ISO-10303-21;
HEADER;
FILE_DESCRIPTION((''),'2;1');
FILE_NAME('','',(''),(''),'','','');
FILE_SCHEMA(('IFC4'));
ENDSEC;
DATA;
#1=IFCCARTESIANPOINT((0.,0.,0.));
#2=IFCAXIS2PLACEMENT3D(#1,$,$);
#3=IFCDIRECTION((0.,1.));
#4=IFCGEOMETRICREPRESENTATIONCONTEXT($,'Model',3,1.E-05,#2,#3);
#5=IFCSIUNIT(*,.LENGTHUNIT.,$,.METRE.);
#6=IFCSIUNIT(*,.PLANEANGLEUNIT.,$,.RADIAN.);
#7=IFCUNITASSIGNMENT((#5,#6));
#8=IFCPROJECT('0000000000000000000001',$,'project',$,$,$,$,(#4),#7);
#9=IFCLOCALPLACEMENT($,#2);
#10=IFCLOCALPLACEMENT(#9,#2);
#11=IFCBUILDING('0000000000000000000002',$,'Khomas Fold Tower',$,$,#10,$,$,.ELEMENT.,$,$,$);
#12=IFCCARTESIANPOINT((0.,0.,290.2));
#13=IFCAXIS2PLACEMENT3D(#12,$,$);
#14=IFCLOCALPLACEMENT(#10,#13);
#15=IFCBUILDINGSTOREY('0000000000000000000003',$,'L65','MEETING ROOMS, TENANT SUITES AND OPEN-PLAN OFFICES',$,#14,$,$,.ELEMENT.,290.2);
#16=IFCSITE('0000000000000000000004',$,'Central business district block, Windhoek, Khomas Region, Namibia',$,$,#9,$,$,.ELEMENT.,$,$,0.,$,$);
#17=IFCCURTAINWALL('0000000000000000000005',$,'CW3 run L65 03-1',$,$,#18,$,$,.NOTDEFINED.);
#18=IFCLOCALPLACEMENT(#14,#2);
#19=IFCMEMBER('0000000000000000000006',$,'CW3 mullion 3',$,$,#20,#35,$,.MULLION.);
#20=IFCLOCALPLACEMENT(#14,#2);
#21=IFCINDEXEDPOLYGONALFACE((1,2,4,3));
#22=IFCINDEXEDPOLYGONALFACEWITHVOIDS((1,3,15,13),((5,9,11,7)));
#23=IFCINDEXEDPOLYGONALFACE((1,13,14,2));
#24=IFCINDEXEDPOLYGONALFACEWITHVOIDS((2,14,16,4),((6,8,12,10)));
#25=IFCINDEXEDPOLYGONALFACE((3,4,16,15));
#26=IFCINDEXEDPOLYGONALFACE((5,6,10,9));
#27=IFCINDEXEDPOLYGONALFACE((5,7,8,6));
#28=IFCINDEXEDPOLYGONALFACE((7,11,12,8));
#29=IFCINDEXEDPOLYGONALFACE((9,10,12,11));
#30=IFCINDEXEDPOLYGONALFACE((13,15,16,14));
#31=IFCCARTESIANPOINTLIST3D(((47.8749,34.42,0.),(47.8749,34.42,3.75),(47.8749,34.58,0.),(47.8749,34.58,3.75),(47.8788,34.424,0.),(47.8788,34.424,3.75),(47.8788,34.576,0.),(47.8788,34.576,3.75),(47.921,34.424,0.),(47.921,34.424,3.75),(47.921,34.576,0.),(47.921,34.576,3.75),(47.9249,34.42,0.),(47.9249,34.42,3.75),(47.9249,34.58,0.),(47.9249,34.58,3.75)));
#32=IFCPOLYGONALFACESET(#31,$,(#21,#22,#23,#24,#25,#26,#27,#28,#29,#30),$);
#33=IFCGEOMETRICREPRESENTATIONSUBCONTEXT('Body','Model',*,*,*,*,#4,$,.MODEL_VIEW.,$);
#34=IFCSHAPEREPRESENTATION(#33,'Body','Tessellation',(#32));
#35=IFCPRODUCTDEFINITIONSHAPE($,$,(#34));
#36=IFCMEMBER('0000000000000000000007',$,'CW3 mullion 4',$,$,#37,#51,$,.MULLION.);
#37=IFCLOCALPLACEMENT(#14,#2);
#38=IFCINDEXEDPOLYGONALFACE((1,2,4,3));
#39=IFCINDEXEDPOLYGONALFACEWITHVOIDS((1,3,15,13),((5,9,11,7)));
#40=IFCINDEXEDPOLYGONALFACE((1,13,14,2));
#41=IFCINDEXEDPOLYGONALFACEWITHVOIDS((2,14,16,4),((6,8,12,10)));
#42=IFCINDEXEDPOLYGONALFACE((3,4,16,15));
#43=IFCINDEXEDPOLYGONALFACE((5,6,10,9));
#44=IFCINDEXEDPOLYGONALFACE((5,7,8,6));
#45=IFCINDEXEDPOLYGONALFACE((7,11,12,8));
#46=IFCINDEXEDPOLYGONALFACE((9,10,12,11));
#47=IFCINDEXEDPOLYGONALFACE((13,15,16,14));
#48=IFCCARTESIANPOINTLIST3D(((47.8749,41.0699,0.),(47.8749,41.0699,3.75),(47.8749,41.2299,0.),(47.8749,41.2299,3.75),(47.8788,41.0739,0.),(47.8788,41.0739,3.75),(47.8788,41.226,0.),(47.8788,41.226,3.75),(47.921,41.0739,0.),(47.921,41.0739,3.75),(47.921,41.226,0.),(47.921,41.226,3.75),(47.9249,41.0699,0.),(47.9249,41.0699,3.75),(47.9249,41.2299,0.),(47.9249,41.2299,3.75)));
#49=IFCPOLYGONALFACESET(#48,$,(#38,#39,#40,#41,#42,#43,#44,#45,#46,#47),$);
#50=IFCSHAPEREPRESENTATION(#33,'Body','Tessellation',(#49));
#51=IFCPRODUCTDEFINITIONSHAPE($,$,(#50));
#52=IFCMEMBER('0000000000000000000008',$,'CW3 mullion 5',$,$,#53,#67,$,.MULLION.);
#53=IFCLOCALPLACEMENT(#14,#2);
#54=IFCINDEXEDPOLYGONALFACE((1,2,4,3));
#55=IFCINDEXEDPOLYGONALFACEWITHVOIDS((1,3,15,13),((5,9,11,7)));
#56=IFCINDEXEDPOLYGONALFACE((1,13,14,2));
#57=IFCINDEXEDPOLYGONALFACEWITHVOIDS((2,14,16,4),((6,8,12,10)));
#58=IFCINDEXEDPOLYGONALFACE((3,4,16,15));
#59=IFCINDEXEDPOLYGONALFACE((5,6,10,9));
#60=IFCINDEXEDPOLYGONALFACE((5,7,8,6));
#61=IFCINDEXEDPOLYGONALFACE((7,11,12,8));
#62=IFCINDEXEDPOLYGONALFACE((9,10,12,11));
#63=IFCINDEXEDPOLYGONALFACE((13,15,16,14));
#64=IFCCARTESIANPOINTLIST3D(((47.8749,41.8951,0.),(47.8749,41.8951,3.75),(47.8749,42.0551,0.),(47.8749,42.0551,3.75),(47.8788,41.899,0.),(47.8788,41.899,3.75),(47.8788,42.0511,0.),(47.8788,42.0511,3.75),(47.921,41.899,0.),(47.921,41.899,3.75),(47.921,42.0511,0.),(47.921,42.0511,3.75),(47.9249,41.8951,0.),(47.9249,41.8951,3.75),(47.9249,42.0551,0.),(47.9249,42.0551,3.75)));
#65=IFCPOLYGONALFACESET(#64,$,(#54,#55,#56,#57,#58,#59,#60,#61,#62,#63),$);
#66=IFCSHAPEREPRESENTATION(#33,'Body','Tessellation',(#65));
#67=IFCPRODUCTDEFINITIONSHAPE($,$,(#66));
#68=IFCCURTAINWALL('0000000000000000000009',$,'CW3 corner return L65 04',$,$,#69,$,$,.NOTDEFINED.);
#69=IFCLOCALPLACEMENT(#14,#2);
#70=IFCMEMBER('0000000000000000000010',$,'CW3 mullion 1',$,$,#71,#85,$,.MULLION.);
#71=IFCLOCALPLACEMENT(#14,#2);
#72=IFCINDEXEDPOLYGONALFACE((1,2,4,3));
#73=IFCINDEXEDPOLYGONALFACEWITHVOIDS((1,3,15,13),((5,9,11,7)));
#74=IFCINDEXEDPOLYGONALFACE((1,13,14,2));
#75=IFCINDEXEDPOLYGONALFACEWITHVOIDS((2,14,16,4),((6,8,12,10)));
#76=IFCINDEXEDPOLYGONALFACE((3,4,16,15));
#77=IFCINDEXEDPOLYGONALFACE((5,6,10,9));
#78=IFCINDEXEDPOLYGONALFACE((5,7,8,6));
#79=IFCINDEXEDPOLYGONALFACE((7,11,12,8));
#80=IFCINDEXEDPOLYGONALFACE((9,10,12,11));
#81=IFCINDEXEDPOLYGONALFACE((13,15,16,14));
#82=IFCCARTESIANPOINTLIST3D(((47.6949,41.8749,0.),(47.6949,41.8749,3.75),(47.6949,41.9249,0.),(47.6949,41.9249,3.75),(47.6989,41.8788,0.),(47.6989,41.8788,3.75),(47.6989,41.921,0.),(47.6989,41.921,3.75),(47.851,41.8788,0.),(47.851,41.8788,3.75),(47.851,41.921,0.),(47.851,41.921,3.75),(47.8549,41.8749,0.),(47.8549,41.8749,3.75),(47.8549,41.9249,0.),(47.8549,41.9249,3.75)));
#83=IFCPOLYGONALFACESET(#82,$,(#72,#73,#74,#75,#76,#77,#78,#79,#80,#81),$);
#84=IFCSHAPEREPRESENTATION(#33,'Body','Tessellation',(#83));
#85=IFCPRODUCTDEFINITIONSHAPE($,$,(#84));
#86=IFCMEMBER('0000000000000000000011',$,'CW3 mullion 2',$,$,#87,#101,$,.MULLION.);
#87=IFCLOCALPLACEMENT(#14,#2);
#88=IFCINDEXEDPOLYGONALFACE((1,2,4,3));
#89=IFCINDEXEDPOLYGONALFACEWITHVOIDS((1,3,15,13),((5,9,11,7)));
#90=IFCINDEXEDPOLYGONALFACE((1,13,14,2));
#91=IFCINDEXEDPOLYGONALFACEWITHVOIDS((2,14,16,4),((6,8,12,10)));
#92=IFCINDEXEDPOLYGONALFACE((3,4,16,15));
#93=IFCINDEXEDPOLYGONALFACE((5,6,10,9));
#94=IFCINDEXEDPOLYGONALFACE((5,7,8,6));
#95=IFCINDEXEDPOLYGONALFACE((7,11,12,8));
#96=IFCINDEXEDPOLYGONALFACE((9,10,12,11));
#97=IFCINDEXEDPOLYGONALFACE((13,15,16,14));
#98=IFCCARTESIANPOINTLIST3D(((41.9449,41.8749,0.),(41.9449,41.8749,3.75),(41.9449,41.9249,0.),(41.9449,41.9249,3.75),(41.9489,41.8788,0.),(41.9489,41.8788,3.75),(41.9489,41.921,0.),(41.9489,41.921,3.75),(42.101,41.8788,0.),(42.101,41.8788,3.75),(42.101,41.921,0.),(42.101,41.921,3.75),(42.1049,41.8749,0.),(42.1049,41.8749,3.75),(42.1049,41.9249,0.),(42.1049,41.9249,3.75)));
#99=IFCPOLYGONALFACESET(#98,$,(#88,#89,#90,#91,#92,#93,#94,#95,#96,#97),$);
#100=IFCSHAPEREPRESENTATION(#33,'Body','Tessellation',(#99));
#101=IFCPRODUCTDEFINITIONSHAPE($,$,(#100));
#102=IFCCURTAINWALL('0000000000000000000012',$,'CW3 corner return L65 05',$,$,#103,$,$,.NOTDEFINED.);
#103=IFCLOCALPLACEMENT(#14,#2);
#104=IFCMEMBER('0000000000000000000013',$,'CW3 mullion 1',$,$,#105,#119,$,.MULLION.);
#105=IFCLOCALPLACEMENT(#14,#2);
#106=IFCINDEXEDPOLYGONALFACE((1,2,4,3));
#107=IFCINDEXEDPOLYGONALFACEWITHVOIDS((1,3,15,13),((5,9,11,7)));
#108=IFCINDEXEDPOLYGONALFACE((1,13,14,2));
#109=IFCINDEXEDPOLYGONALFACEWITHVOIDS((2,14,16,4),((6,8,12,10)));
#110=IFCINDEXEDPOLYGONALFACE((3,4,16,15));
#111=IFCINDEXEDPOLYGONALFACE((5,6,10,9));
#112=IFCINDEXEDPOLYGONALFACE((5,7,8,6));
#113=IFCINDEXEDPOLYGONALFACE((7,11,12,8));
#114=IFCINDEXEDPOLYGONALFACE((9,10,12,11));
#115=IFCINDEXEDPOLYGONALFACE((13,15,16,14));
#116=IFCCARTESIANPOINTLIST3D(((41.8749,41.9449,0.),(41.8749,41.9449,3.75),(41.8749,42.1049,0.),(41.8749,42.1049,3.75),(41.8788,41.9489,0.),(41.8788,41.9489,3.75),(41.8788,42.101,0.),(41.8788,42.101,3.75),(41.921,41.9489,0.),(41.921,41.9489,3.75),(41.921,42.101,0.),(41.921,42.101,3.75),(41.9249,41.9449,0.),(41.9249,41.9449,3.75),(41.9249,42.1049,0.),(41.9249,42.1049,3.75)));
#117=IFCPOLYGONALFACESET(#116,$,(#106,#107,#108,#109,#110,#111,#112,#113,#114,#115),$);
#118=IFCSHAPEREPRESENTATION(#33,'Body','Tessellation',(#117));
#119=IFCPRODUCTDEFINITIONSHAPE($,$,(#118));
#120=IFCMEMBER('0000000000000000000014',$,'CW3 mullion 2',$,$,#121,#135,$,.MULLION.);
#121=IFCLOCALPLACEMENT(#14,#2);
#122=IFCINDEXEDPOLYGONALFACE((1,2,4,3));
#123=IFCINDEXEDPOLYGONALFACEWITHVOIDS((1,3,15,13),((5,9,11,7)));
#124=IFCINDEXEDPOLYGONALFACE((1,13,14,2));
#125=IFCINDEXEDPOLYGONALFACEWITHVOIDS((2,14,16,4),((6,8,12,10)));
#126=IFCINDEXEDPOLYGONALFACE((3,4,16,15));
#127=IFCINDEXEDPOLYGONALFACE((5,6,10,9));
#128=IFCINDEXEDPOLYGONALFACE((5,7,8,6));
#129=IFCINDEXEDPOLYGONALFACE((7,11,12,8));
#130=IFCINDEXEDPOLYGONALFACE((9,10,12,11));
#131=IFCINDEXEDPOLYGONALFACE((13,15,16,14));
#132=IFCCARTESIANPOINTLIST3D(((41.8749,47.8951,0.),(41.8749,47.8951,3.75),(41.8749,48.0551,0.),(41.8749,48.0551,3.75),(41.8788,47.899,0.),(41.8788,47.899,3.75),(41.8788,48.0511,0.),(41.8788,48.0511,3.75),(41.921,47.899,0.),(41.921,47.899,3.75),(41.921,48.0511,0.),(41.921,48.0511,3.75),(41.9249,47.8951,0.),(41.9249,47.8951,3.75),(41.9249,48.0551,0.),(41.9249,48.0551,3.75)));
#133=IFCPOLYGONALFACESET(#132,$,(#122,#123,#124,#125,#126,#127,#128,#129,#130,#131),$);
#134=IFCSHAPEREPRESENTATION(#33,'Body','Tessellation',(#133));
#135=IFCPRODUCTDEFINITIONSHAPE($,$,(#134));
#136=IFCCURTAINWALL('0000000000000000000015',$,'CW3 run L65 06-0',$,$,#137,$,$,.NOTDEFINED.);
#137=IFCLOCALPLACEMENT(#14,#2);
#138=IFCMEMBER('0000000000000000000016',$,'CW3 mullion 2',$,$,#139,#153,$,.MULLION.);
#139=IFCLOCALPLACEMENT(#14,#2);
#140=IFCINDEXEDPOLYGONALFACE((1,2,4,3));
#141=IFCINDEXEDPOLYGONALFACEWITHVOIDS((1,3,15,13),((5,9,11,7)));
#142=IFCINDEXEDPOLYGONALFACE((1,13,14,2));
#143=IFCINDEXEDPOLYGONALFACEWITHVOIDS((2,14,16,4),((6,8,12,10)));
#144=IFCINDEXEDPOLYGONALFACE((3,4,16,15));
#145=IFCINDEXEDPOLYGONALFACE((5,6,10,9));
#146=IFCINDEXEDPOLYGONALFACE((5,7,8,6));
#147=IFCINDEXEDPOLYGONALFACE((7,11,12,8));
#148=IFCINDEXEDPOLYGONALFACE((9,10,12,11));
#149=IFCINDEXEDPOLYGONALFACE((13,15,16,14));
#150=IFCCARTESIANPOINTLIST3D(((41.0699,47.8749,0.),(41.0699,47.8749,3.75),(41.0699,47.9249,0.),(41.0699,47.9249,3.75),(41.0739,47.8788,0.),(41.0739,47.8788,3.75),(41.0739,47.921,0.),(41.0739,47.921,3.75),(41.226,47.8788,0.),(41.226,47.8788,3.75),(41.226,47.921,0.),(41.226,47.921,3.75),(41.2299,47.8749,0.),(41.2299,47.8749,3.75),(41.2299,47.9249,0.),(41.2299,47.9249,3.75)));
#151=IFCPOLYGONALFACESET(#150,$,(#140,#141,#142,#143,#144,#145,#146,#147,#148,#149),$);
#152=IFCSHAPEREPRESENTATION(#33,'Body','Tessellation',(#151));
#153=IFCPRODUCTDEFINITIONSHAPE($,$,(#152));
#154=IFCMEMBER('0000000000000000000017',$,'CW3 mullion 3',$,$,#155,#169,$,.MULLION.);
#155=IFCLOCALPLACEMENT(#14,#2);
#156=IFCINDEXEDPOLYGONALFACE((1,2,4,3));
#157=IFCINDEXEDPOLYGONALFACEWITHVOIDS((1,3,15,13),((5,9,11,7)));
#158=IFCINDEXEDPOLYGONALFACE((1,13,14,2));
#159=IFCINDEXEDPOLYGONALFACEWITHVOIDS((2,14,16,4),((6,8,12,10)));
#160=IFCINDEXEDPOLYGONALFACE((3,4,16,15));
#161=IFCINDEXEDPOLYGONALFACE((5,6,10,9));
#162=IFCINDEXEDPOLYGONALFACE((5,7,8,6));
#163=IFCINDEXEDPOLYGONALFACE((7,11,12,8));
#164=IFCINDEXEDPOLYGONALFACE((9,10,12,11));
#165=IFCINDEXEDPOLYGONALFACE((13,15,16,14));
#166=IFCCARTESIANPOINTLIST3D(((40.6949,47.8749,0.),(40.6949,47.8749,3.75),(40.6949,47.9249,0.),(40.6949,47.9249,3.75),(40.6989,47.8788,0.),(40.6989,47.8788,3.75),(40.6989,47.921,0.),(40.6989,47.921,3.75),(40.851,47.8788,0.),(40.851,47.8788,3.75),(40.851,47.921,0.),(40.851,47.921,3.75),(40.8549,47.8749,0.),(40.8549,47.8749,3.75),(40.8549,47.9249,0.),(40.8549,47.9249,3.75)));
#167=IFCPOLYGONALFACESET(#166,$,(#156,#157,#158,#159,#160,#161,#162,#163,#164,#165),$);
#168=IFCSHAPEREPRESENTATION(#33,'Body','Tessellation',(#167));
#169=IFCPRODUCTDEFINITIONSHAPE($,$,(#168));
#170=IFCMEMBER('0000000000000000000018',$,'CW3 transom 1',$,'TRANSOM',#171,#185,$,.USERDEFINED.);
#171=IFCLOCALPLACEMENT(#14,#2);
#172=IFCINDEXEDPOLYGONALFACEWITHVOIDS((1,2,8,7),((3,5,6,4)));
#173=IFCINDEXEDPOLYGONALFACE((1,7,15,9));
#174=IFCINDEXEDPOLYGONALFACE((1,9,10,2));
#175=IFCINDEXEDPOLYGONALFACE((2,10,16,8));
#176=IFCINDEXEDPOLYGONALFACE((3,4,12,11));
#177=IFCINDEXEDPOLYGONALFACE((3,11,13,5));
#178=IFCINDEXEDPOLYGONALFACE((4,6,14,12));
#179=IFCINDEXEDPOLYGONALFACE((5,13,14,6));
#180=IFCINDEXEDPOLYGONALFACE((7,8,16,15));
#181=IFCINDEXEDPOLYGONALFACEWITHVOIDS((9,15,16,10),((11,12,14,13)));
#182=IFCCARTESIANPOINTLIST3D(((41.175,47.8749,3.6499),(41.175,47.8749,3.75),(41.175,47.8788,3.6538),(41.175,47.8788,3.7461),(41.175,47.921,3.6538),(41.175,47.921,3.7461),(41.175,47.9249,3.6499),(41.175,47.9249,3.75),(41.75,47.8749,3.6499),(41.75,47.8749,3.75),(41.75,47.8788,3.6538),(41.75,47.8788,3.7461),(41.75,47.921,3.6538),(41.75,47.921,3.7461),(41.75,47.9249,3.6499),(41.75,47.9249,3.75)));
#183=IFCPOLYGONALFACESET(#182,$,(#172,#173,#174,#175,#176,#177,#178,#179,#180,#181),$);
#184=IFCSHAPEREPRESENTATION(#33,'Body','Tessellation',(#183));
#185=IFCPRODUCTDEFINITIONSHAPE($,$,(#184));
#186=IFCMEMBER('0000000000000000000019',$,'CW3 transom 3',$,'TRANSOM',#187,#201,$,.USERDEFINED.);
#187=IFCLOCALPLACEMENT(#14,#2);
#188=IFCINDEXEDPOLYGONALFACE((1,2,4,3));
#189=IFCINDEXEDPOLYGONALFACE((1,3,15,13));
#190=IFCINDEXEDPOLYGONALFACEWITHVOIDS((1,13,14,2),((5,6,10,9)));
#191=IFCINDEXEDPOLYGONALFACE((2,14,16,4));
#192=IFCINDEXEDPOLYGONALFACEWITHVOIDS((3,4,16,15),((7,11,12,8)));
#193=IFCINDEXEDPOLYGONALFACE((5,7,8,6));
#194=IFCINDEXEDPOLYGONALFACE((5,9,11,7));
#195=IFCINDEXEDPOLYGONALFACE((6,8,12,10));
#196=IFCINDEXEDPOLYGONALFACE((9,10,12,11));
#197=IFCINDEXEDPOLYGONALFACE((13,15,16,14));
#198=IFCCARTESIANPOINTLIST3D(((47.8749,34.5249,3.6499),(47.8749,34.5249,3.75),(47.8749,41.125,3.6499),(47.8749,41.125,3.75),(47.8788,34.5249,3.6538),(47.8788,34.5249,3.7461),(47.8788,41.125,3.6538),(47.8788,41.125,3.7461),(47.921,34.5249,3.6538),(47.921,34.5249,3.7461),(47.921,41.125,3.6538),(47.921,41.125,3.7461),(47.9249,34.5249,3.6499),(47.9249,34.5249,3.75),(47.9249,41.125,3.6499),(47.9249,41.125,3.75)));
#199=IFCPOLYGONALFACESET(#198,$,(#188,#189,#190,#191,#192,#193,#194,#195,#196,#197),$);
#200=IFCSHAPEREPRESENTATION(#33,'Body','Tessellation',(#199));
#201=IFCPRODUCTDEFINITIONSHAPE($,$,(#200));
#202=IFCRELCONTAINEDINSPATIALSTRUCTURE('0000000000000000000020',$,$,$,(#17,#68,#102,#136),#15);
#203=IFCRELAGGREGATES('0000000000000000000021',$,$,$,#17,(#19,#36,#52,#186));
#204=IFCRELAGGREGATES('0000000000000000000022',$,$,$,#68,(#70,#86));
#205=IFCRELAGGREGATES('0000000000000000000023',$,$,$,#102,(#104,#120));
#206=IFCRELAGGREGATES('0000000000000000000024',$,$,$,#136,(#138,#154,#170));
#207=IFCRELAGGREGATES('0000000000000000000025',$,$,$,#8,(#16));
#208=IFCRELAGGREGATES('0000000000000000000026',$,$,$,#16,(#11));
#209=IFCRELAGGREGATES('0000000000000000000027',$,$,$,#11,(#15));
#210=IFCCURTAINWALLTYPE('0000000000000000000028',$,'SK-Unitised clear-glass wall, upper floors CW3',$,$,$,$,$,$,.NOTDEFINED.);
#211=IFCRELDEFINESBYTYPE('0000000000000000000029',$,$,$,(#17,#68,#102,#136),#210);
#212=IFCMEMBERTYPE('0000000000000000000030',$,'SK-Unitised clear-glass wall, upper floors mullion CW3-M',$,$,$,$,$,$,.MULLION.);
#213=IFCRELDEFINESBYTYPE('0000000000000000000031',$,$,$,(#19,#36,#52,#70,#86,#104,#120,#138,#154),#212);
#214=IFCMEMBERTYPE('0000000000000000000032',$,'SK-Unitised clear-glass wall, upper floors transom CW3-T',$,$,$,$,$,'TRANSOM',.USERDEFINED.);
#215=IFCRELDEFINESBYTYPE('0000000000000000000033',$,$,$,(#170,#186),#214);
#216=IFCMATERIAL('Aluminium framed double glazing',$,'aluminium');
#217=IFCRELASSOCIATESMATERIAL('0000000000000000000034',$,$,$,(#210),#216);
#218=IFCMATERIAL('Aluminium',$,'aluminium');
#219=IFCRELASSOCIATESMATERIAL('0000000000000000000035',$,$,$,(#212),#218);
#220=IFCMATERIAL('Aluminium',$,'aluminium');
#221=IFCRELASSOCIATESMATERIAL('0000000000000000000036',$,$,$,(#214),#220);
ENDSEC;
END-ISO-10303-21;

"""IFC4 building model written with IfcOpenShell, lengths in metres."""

from ifc_helpers import new_model, si_unit, direction, frame, origin, origin_2d, place, context, subcontext, project, spatial, hollow_rectangle, extrude, source, transform, mapped, material, material_profile, profile_set, type_object, element, aggregate, save


model = new_model("IFC4")

# Units and contexts
model_context = context("Model", 3, precision=1e-05, world=origin(), true_north=direction((0.0, 1.0)))
body_context = subcontext(model_context, "Body", "Model", "MODEL_VIEW")
ifc_project = project(units=[si_unit("LENGTHUNIT", "METRE"), si_unit("PLANEANGLEUNIT", "RADIAN")], contexts=[model_context])

# Site, building, storey
site_placement = place(None, origin())
site = spatial("IfcSite", under=ifc_project, at=site_placement, Name="Central business district block, Windhoek, Khomas Region, Namibia", CompositionType="ELEMENT", RefElevation=0.0)
building_placement = place(site_placement, origin())
building = spatial("IfcBuilding", under=site, at=building_placement, Name="Khomas Fold Tower", CompositionType="ELEMENT")
storey_placement = place(building_placement, frame((0.0, 0.0, 290.2)))
storey = spatial("IfcBuildingStorey", under=building, at=storey_placement, Name="L65", Description="MEETING ROOMS, TENANT SUITES AND OPEN-PLAN OFFICES", CompositionType="ELEMENT", Elevation=290.2)

# Curtain walls, members
ifc_material_1 = material(Name="Aluminium framed double glazing", Category="aluminium")
curtain_wall_type = type_object("IfcCurtainWallType", Name="SK-Unitised clear-glass wall, upper floors CW3", PredefinedType="NOTDEFINED", material=ifc_material_1)
curtain_wall_1_placement = place(storey_placement, origin())
curtain_wall_1 = element("IfcCurtainWall", 1, at=curtain_wall_1_placement, inside=storey, type_object=curtain_wall_type, Name="CW3 run L65 03-1", PredefinedType="NOTDEFINED")
ifc_material_2 = material(Name="Aluminium", Category="aluminium")
ifc_material_profile_1 = material_profile(ifc_material_2, hollow_rectangle(XDim=0.05, YDim=0.1599, WallThickness=0.0039, at=origin_2d()), Name="SK-Unitised clear-glass wall, upper floors mullion CW3-M")
ifc_profile_set_1 = profile_set([ifc_material_profile_1], Name="Aluminium")
member_type_1 = type_object("IfcMemberType", Name="SK-Unitised clear-glass wall, upper floors mullion CW3-M", PredefinedType="MULLION", material=ifc_profile_set_1)
shared_shape_1 = source(origin(), body_context, "Body", "SweptSolid", [
    extrude(hollow_rectangle(XDim=0.05, YDim=0.1599, WallThickness=0.0039, at=origin_2d()), origin(), (0.0, 0.0, 1.0), 3.75),
])
member_1_placement = place(storey_placement, frame((47.8999, 34.5, 0.0), z_axis=(0.0, 0.0, 1.0), x_axis=(-1.0, 0.0, 0.0)))
member_1 = element("IfcMember", 2, at=member_1_placement, type_object=member_type_1, Name="CW3 mullion 3", PredefinedType="MULLION", context=body_context, shape_type="MappedRepresentation", body=[
    mapped(shared_shape_1, transform((0.0, 0.0, 0.0))),
])
member_2_placement = place(storey_placement, frame((47.8999, 41.1499, 0.0), z_axis=(0.0, 0.0, 1.0), x_axis=(-1.0, 0.0, 0.0)))
member_2 = element("IfcMember", 3, at=member_2_placement, type_object=member_type_1, Name="CW3 mullion 4", PredefinedType="MULLION", context=body_context, shape_type="MappedRepresentation", body=[
    mapped(shared_shape_1, transform((0.0, 0.0, 0.0))),
])
member_3_placement = place(storey_placement, frame((47.8999, 41.9751, 0.0), z_axis=(0.0, 0.0, 1.0), x_axis=(-1.0, 0.0, 0.0)))
member_3 = element("IfcMember", 4, at=member_3_placement, type_object=member_type_1, Name="CW3 mullion 5", PredefinedType="MULLION", context=body_context, shape_type="MappedRepresentation", body=[
    mapped(shared_shape_1, transform((0.0, 0.0, 0.0))),
])
curtain_wall_2_placement = place(storey_placement, origin())
curtain_wall_2 = element("IfcCurtainWall", 5, at=curtain_wall_2_placement, inside=storey, type_object=curtain_wall_type, Name="CW3 corner return L65 04", PredefinedType="NOTDEFINED")
member_4_placement = place(storey_placement, frame((47.7749, 41.8999, 0.0), z_axis=(0.0, 0.0, 1.0), x_axis=(0.0, -1.0, 0.0)))
member_4 = element("IfcMember", 6, at=member_4_placement, type_object=member_type_1, Name="CW3 mullion 1", PredefinedType="MULLION", context=body_context, shape_type="MappedRepresentation", body=[
    mapped(shared_shape_1, transform((0.0, 0.0, 0.0))),
])
member_5_placement = place(storey_placement, frame((42.0249, 41.8999, 0.0), z_axis=(0.0, 0.0, 1.0), x_axis=(0.0, -1.0, 0.0)))
member_5 = element("IfcMember", 7, at=member_5_placement, type_object=member_type_1, Name="CW3 mullion 2", PredefinedType="MULLION", context=body_context, shape_type="MappedRepresentation", body=[
    mapped(shared_shape_1, transform((0.0, 0.0, 0.0))),
])
curtain_wall_3_placement = place(storey_placement, origin())
curtain_wall_3 = element("IfcCurtainWall", 8, at=curtain_wall_3_placement, inside=storey, type_object=curtain_wall_type, Name="CW3 corner return L65 05", PredefinedType="NOTDEFINED")
member_6_placement = place(storey_placement, frame((41.8999, 42.0249, 0.0), z_axis=(0.0, 0.0, 1.0), x_axis=(-1.0, 0.0, 0.0)))
member_6 = element("IfcMember", 9, at=member_6_placement, type_object=member_type_1, Name="CW3 mullion 1", PredefinedType="MULLION", context=body_context, shape_type="MappedRepresentation", body=[
    mapped(shared_shape_1, transform((0.0, 0.0, 0.0))),
])
member_7_placement = place(storey_placement, frame((41.8999, 47.9751, 0.0), z_axis=(0.0, 0.0, 1.0), x_axis=(-1.0, 0.0, 0.0)))
member_7 = element("IfcMember", 10, at=member_7_placement, type_object=member_type_1, Name="CW3 mullion 2", PredefinedType="MULLION", context=body_context, shape_type="MappedRepresentation", body=[
    mapped(shared_shape_1, transform((0.0, 0.0, 0.0))),
])
curtain_wall_4_placement = place(storey_placement, origin())
curtain_wall_4 = element("IfcCurtainWall", 11, at=curtain_wall_4_placement, inside=storey, type_object=curtain_wall_type, Name="CW3 run L65 06-0", PredefinedType="NOTDEFINED")
member_8_placement = place(storey_placement, frame((41.1499, 47.8999, 0.0), z_axis=(0.0, 0.0, 1.0), x_axis=(0.0, -1.0, 0.0)))
member_8 = element("IfcMember", 12, at=member_8_placement, type_object=member_type_1, Name="CW3 mullion 2", PredefinedType="MULLION", context=body_context, shape_type="MappedRepresentation", body=[
    mapped(shared_shape_1, transform((0.0, 0.0, 0.0))),
])
member_9_placement = place(storey_placement, frame((40.7749, 47.8999, 0.0), z_axis=(0.0, 0.0, 1.0), x_axis=(0.0, -1.0, 0.0)))
member_9 = element("IfcMember", 13, at=member_9_placement, type_object=member_type_1, Name="CW3 mullion 3", PredefinedType="MULLION", context=body_context, shape_type="MappedRepresentation", body=[
    mapped(shared_shape_1, transform((0.0, 0.0, 0.0))),
])
ifc_material_3 = material(Name="Aluminium", Category="aluminium")
ifc_material_profile_2 = material_profile(ifc_material_3, hollow_rectangle(XDim=0.05, YDim=0.1001, WallThickness=0.0039, at=origin_2d()), Name="SK-Unitised clear-glass wall, upper floors transom CW3-T")
ifc_profile_set_2 = profile_set([ifc_material_profile_2], Name="Aluminium")
member_type_2 = type_object("IfcMemberType", Name="SK-Unitised clear-glass wall, upper floors transom CW3-T", ElementType="TRANSOM", PredefinedType="USERDEFINED", material=ifc_profile_set_2)
shared_shape_2 = source(origin(), body_context, "Body", "SweptSolid", [
    extrude(hollow_rectangle(XDim=0.05, YDim=0.1001, WallThickness=0.0039, at=origin_2d()), origin(), (0.0, 0.0, 1.0), 0.575),
])
member_10_placement = place(storey_placement, frame((41.75, 47.8999, 3.7), z_axis=(-1.0, 0.0, 0.0), x_axis=(0.0, -1.0, 0.0)))
member_10 = element("IfcMember", 14, at=member_10_placement, type_object=member_type_2, Name="CW3 transom 1", ObjectType="TRANSOM", PredefinedType="USERDEFINED", context=body_context, shape_type="MappedRepresentation", body=[
    mapped(shared_shape_2, transform((0.0, 0.0, 0.0))),
])

# Member
shared_shape_3 = source(origin(), body_context, "Body", "SweptSolid", [
    extrude(hollow_rectangle(XDim=0.05, YDim=0.1001, WallThickness=0.0039, at=origin_2d()), origin(), (0.0, 0.0, 1.0), 6.6001),
])
member_11_placement = place(storey_placement, frame((47.8999, 34.5249, 3.7), z_axis=(0.0, 1.0, 0.0), x_axis=(-1.0, 0.0, 0.0)))
member_11 = element("IfcMember", 15, at=member_11_placement, type_object=member_type_2, Name="CW3 transom 3", ObjectType="TRANSOM", PredefinedType="USERDEFINED", context=body_context, shape_type="MappedRepresentation", body=[
    mapped(shared_shape_3, transform((0.0, 0.0, 0.0))),
])

aggregate(curtain_wall_1, [member_1, member_2, member_3, member_11])
aggregate(curtain_wall_2, [member_4, member_5])
aggregate(curtain_wall_3, [member_6, member_7])
aggregate(curtain_wall_4, [member_8, member_9, member_10])

save(model, "model.ifc")
